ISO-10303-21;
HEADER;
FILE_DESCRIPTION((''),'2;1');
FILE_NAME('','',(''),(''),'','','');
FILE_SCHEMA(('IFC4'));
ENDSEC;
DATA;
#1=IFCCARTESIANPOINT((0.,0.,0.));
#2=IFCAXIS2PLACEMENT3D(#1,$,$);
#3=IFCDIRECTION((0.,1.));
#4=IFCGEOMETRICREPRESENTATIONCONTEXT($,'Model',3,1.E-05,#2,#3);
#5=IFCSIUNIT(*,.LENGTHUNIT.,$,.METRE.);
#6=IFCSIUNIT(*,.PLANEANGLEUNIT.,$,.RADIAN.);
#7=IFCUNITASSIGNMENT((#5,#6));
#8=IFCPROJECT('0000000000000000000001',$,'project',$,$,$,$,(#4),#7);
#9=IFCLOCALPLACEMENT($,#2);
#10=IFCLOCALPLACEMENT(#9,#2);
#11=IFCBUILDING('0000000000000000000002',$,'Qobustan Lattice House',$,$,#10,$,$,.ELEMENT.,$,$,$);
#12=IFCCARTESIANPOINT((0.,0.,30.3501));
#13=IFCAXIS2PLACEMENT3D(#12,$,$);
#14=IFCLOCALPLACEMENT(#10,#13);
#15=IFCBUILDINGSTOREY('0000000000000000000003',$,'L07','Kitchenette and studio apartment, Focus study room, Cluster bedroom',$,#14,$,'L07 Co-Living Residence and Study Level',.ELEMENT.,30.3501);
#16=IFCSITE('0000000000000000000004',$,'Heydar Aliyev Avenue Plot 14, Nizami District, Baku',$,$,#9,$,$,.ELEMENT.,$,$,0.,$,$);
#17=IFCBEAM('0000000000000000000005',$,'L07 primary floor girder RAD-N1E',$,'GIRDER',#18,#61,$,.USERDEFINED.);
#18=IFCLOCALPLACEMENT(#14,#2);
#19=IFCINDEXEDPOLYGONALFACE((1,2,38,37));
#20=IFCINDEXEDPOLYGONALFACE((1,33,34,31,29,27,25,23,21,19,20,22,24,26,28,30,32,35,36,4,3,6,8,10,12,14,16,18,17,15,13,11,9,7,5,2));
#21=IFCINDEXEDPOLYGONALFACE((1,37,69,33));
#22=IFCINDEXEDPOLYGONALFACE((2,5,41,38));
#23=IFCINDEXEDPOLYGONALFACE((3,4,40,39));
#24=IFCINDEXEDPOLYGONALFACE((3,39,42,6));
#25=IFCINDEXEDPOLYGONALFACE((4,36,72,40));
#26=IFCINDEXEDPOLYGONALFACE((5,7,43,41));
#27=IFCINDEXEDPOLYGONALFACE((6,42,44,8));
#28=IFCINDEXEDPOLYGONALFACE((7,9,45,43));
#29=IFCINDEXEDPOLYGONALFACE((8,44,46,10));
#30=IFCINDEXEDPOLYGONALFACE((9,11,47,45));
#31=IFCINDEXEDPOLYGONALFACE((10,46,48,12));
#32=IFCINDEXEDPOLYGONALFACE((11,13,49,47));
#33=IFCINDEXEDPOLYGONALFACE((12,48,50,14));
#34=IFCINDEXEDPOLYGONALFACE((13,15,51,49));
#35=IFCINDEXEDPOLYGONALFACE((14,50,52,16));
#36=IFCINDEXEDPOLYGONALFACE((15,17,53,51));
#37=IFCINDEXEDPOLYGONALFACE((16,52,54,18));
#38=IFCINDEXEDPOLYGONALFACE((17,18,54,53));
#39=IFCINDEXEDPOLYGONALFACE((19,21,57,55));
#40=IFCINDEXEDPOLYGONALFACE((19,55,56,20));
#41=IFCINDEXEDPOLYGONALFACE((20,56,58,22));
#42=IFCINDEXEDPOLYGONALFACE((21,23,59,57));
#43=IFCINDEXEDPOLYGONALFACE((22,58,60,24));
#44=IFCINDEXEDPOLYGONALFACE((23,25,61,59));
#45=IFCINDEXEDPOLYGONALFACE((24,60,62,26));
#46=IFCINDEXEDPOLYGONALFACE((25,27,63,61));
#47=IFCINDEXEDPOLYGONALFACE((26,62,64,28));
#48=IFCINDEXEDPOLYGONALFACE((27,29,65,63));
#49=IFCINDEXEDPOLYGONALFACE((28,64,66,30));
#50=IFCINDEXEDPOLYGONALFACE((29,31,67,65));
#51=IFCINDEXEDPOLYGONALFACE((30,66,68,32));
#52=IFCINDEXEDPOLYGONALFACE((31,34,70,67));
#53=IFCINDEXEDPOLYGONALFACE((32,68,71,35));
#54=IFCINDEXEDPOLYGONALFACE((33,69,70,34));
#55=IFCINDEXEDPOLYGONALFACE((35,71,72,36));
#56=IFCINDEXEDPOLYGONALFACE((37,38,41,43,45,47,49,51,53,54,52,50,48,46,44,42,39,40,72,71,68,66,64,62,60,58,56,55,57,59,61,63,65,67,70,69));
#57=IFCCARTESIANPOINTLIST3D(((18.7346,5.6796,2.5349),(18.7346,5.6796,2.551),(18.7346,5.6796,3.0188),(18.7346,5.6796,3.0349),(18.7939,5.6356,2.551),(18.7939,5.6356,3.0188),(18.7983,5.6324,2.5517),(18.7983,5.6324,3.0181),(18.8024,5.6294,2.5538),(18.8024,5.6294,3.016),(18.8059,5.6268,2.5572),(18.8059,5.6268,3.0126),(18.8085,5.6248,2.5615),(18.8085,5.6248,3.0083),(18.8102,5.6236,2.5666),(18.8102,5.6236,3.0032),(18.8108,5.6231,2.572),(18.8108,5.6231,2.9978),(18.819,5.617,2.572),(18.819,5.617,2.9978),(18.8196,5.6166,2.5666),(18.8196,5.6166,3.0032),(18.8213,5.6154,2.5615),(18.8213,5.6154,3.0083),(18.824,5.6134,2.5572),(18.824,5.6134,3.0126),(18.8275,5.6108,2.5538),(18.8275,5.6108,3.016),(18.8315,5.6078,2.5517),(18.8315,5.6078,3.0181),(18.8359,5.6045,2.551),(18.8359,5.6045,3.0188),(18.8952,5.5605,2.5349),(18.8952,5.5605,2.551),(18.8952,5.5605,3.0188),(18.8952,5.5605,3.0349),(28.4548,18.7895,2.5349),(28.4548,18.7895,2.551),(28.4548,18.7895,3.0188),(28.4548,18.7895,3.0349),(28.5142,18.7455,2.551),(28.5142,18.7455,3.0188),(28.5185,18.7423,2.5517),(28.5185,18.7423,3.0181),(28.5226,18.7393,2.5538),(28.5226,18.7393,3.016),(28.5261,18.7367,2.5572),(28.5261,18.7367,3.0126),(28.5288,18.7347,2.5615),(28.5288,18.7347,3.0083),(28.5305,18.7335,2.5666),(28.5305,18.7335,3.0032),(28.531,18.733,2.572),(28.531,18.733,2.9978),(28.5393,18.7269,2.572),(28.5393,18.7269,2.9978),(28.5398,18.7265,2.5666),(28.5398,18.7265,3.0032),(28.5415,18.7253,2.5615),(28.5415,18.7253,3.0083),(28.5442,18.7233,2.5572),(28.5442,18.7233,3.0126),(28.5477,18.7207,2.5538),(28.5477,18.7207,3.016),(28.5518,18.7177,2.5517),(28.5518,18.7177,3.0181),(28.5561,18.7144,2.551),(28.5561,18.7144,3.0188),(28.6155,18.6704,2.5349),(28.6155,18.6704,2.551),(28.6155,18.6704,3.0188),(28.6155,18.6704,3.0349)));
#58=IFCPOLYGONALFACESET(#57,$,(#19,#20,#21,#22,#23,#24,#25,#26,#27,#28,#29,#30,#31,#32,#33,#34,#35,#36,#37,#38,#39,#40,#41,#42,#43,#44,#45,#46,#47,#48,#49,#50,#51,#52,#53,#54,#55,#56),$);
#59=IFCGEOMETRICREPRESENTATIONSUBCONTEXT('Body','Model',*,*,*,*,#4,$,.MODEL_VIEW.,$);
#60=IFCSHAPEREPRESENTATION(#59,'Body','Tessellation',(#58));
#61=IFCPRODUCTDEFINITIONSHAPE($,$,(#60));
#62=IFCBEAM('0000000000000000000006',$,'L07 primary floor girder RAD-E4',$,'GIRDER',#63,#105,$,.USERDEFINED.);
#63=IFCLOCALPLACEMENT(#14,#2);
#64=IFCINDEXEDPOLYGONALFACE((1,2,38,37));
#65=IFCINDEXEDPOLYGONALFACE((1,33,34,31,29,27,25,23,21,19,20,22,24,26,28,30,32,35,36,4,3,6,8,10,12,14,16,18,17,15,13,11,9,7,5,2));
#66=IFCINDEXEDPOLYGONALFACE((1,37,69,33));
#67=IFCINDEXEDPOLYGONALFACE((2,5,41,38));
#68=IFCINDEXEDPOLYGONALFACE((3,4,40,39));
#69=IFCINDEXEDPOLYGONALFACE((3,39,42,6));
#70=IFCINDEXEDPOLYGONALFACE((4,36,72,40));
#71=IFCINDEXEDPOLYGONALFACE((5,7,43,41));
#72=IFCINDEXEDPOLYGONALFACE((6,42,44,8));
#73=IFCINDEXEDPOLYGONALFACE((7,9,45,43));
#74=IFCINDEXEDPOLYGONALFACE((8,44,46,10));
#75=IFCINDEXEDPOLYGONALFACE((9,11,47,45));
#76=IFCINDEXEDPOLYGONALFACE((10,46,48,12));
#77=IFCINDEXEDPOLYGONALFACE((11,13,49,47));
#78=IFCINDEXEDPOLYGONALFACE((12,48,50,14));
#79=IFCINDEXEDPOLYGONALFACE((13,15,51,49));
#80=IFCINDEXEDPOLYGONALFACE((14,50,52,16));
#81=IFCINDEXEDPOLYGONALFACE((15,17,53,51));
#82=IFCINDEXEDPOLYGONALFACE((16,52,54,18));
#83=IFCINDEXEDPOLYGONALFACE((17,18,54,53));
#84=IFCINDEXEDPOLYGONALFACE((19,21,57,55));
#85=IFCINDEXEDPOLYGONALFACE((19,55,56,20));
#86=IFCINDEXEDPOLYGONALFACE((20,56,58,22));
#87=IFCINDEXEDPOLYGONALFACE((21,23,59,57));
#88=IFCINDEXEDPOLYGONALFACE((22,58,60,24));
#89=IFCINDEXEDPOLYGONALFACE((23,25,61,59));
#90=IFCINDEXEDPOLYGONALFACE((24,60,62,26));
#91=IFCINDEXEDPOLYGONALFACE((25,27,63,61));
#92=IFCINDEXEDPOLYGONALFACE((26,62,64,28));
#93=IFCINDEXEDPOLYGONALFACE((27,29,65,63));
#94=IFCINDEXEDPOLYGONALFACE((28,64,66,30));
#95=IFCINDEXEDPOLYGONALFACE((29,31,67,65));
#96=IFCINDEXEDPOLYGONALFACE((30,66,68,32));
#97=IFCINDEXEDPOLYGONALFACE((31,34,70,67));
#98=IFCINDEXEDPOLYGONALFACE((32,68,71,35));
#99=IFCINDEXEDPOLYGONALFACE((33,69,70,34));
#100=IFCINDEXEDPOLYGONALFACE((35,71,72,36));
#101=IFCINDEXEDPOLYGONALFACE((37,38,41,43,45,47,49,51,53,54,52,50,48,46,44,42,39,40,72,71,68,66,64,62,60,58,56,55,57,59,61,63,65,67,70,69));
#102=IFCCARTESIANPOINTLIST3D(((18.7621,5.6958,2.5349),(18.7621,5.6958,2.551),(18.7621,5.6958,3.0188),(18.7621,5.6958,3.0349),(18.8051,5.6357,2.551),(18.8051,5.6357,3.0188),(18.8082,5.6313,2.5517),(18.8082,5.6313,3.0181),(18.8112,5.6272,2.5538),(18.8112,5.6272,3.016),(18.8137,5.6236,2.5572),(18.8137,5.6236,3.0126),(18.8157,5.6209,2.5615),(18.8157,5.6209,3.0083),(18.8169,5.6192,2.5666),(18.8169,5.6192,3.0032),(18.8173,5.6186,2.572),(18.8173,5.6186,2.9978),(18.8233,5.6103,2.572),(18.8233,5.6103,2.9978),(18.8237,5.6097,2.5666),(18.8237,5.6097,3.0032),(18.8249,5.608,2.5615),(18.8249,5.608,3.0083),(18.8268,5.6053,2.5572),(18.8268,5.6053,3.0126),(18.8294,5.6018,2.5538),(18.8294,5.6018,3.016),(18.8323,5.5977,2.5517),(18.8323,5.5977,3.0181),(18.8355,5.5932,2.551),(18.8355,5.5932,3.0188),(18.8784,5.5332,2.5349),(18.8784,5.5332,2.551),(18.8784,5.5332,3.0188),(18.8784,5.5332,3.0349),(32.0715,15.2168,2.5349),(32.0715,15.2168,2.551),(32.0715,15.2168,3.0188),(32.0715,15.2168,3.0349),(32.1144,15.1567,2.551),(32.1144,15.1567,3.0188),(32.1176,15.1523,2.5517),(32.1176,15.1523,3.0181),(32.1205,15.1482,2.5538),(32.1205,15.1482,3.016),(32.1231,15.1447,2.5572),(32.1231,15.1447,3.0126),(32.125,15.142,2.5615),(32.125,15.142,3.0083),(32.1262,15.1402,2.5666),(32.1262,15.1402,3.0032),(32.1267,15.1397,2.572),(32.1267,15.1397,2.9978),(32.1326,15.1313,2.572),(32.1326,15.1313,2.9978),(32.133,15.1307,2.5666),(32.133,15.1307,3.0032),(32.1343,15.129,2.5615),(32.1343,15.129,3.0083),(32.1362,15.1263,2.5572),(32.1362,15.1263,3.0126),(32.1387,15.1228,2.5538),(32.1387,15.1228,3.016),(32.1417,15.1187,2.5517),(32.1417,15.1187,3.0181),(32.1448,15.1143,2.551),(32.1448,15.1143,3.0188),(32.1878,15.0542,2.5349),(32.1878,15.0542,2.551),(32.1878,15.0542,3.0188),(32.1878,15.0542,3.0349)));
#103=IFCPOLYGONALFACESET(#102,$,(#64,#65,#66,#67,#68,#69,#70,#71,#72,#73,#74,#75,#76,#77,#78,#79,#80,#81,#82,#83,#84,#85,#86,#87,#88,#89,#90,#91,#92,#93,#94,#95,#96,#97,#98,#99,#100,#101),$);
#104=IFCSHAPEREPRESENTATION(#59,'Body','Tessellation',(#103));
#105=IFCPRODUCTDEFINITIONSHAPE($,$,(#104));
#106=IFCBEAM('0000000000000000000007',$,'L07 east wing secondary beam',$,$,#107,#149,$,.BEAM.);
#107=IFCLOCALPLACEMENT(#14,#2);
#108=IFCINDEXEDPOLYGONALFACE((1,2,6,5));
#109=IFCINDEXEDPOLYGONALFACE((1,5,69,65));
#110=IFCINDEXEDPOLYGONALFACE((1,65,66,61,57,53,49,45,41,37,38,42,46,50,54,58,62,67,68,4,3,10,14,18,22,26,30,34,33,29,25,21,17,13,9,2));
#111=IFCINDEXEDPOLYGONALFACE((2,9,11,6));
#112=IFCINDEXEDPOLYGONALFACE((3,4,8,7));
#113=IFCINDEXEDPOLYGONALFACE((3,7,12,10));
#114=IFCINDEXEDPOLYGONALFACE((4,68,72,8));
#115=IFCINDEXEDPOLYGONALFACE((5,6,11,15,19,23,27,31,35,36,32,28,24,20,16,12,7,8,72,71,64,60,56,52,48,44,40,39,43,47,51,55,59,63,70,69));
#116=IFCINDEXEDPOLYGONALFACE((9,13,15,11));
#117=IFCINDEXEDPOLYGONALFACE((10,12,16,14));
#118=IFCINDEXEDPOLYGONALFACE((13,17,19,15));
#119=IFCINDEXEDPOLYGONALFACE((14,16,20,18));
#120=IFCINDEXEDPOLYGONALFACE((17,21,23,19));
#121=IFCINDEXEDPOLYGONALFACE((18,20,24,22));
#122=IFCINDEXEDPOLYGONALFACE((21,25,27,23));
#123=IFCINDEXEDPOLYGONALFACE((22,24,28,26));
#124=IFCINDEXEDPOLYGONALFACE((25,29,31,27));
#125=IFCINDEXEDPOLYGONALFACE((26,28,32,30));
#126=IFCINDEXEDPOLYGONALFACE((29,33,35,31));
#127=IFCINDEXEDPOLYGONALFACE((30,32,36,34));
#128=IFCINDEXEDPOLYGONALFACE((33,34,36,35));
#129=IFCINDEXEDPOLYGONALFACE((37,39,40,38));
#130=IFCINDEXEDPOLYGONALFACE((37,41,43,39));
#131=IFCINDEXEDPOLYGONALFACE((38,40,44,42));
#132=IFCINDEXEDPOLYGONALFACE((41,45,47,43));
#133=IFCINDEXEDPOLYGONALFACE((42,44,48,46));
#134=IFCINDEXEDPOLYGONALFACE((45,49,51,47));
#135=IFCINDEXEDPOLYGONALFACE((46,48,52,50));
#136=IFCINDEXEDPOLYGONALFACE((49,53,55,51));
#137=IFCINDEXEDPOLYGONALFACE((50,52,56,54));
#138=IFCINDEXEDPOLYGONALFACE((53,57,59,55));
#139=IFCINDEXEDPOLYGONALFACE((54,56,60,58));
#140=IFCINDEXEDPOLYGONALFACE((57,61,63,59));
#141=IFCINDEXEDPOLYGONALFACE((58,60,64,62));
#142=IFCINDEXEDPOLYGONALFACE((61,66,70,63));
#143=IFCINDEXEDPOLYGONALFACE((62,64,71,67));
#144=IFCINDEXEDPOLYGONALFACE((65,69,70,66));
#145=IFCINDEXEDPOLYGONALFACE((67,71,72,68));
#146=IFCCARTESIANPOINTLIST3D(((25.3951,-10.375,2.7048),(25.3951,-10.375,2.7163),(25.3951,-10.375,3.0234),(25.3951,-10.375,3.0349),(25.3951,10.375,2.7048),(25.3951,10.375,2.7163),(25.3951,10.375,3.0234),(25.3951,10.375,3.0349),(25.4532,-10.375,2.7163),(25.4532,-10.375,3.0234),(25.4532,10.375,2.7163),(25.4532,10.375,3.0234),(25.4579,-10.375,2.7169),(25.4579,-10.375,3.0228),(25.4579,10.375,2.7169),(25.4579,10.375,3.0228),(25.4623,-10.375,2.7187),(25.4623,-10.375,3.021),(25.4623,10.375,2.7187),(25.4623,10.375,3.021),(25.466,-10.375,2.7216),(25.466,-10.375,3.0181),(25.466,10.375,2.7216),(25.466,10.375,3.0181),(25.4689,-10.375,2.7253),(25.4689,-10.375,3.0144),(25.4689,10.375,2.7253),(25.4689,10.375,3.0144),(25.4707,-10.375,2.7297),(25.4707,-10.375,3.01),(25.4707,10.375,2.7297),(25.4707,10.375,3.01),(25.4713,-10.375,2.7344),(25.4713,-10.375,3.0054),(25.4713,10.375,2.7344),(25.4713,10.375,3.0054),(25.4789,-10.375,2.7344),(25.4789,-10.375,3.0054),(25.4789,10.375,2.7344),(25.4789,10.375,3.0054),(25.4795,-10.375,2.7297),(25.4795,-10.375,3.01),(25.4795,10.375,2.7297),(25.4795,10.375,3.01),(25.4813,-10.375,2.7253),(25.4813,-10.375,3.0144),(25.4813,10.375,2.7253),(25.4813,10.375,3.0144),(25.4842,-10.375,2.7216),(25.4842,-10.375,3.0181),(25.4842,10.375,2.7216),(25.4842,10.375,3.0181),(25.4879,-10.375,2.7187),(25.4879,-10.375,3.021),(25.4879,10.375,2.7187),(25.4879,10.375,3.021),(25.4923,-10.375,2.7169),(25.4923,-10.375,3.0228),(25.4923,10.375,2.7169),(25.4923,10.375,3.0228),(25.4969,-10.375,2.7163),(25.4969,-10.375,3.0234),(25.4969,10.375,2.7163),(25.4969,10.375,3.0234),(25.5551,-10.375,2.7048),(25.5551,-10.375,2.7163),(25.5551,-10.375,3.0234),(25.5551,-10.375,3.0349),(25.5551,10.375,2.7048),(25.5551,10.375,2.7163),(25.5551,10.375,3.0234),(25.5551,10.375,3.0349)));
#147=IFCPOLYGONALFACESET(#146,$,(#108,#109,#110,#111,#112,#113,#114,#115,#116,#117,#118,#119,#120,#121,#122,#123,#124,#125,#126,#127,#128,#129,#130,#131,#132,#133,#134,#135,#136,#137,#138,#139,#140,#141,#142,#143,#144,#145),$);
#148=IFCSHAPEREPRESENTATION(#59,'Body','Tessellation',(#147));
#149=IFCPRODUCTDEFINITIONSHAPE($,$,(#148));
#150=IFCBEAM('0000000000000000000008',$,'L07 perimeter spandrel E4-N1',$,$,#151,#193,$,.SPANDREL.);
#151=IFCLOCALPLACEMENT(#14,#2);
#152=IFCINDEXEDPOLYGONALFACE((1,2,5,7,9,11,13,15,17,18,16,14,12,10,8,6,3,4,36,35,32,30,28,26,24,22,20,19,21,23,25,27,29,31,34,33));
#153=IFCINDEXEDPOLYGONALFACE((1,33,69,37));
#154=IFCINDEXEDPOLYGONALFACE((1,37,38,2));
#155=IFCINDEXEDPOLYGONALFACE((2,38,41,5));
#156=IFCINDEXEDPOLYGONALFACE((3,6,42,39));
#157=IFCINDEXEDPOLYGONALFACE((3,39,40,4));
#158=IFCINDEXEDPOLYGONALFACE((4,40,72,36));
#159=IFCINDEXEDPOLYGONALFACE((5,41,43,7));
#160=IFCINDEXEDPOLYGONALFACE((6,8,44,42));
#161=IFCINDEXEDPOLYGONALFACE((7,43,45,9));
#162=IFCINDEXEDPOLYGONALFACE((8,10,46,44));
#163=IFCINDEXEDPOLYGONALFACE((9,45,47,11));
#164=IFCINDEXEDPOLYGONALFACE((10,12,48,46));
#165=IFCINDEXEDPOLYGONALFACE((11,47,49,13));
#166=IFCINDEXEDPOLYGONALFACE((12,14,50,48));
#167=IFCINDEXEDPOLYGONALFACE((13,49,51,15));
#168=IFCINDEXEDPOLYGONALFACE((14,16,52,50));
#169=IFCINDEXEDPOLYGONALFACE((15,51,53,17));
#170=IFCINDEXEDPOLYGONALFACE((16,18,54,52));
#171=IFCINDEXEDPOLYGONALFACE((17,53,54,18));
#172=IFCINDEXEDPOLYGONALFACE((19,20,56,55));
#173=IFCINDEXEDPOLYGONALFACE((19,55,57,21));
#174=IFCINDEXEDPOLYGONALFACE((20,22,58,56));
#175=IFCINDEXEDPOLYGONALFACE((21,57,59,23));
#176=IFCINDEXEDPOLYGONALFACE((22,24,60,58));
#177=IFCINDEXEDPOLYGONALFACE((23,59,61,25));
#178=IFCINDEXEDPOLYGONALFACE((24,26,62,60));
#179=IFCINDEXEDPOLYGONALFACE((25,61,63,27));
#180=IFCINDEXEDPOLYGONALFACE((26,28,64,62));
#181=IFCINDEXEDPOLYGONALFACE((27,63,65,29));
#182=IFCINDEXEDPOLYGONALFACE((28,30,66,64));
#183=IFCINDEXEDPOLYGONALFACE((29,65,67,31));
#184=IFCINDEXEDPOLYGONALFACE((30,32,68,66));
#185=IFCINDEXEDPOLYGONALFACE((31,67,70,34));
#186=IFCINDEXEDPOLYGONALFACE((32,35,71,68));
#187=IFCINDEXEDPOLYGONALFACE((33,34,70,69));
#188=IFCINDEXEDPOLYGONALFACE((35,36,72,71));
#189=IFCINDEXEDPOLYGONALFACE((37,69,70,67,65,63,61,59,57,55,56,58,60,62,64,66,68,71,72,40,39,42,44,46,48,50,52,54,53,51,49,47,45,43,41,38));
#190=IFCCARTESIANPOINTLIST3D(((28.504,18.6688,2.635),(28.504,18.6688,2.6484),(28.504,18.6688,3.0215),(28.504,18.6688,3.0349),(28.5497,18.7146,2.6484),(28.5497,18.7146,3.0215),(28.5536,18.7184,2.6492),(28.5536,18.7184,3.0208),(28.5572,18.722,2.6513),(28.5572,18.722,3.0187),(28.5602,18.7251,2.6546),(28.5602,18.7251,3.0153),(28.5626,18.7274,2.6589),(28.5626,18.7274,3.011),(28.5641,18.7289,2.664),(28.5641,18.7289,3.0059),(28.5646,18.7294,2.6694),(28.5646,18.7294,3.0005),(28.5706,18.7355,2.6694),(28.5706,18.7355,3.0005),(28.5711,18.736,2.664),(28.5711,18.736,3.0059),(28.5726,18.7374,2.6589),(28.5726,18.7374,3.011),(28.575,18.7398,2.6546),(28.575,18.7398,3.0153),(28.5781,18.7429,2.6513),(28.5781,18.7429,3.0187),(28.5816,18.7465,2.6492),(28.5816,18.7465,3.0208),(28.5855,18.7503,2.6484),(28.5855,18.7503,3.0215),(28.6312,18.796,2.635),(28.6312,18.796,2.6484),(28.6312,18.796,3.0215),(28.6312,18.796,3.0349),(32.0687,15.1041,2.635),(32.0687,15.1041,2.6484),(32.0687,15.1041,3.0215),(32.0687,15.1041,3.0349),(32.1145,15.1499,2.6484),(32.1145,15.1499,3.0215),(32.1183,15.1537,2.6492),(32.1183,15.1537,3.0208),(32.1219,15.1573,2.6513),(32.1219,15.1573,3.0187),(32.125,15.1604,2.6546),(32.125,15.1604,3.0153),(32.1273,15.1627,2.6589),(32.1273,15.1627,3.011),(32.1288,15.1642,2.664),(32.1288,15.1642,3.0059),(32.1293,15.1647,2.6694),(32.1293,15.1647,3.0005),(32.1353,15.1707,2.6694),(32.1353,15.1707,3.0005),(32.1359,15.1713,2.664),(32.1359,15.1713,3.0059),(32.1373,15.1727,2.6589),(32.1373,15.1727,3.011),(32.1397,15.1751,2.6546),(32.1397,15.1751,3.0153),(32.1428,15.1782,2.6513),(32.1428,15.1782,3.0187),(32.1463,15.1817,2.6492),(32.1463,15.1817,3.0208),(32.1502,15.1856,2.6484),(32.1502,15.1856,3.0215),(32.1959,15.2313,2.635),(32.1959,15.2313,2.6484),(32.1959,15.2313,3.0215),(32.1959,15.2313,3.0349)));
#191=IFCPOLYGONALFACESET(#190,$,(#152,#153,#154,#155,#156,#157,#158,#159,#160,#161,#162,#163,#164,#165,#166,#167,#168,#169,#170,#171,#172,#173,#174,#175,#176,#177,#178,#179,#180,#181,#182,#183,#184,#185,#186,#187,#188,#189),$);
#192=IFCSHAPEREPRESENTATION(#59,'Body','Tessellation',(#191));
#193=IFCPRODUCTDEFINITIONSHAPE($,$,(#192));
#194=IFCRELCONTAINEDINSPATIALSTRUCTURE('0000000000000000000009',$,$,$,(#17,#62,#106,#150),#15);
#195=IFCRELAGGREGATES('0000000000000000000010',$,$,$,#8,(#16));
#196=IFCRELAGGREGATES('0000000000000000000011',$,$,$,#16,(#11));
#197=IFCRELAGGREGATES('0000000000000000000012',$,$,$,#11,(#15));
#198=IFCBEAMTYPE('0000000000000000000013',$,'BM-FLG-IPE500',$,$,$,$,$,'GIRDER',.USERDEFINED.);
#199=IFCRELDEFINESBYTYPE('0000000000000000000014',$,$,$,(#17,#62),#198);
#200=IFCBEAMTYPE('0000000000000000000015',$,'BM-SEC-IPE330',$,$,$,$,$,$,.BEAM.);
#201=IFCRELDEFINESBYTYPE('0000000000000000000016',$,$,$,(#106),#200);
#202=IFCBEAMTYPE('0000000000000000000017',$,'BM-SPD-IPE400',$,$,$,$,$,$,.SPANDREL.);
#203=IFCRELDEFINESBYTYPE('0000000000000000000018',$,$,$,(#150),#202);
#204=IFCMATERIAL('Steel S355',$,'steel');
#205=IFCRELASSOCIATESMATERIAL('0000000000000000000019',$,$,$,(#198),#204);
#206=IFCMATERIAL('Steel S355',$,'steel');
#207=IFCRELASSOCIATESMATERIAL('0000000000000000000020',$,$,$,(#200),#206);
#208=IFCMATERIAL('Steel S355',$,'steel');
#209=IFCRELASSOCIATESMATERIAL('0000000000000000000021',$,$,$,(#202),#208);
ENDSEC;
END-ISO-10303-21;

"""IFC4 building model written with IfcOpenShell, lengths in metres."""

from ifc_helpers import new_model, si_unit, direction, frame, origin, origin_2d, place, context, subcontext, project, spatial, i_section, extrude, material, material_profile, profile_set, type_object, element, save


model = new_model("IFC4")

# Units and contexts
model_context = context("Model", 3, precision=1e-05, world=origin(), true_north=direction((0.0, 1.0)))
body_context = subcontext(model_context, "Body", "Model", "MODEL_VIEW")
ifc_project = project(units=[si_unit("LENGTHUNIT", "METRE"), si_unit("PLANEANGLEUNIT", "RADIAN")], contexts=[model_context])

# Site, building, storey
site_placement = place(None, origin())
site = spatial("IfcSite", under=ifc_project, at=site_placement, Name="Heydar Aliyev Avenue Plot 14, Nizami District, Baku", CompositionType="ELEMENT", RefElevation=0.0)
building_placement = place(site_placement, origin())
building = spatial("IfcBuilding", under=site, at=building_placement, Name="Qobustan Lattice House", CompositionType="ELEMENT")
storey_placement = place(building_placement, frame((0.0, 0.0, 30.3501)))
storey = spatial("IfcBuildingStorey", under=building, at=storey_placement, Name="L07", Description="Kitchenette and studio apartment, Focus study room, Cluster bedroom", LongName="L07 Co-Living Residence and Study Level", CompositionType="ELEMENT", Elevation=30.3501)

# Beams
ifc_material_1 = material(Name="Steel S355", Category="steel")
ifc_material_profile_1 = material_profile(ifc_material_1, i_section(OverallWidth=0.2, OverallDepth=0.5, WebThickness=0.0103, FlangeThickness=0.0161, FilletRadius=0.021, at=origin_2d()), Name="IPE500")
ifc_profile_set_1 = profile_set([ifc_material_profile_1], Name="Steel S355")
beam_type_1 = type_object("IfcBeamType", Name="BM-FLG-IPE500", ElementType="GIRDER", PredefinedType="USERDEFINED", material=ifc_profile_set_1)
beam_1_placement = place(storey_placement, frame((28.5352, 18.73, 2.7849), z_axis=(-0.595592, -0.803287, 0.0), x_axis=(0.803287, -0.595592, 0.0)))
element("IfcBeam", 1, at=beam_1_placement, inside=storey, type_object=beam_type_1, Name="L07 primary floor girder RAD-N1E", ObjectType="GIRDER", PredefinedType="USERDEFINED", context=body_context, shape_type="SweptSolid", body=[
    extrude(i_section(OverallWidth=0.2, OverallDepth=0.5, WebThickness=0.0103, FlangeThickness=0.0161, FilletRadius=0.021, at=origin_2d()), origin(), (0.0, 0.0, 1.0), 16.3203),
])
beam_2_placement = place(storey_placement, frame((32.1296, 15.1355, 2.7849), z_axis=(-0.813319, -0.581818, 0.0), x_axis=(0.581818, -0.813319, 0.0)))
element("IfcBeam", 2, at=beam_2_placement, inside=storey, type_object=beam_type_1, Name="L07 primary floor girder RAD-E4", ObjectType="GIRDER", PredefinedType="USERDEFINED", context=body_context, shape_type="SweptSolid", body=[
    extrude(i_section(OverallWidth=0.2, OverallDepth=0.5, WebThickness=0.0103, FlangeThickness=0.0161, FilletRadius=0.021, at=origin_2d()), origin(), (0.0, 0.0, 1.0), 16.3643),
])
ifc_material_2 = material(Name="Steel S355", Category="steel")
ifc_material_profile_2 = material_profile(ifc_material_2, i_section(OverallWidth=0.1599, OverallDepth=0.3301, WebThickness=0.0076, FlangeThickness=0.0115, FilletRadius=0.0181, at=origin_2d()), Name="IPE330")
ifc_profile_set_2 = profile_set([ifc_material_profile_2], Name="Steel S355")
beam_type_2 = type_object("IfcBeamType", Name="BM-SEC-IPE330", PredefinedType="BEAM", material=ifc_profile_set_2)
beam_3_placement = place(storey_placement, frame((25.4751, 10.375, 2.8699), z_axis=(0.0, -1.0, 0.0), x_axis=(1.0, 0.0, 0.0)))
element("IfcBeam", 3, at=beam_3_placement, inside=storey, type_object=beam_type_2, Name="L07 east wing secondary beam", PredefinedType="BEAM", context=body_context, shape_type="SweptSolid", body=[
    extrude(i_section(OverallWidth=0.1599, OverallDepth=0.3301, WebThickness=0.0076, FlangeThickness=0.0115, FilletRadius=0.0181, at=origin_2d()), origin(), (0.0, 0.0, 1.0), 20.75),
])
ifc_material_3 = material(Name="Steel S355", Category="steel")
ifc_material_profile_3 = material_profile(ifc_material_3, i_section(OverallWidth=0.1799, OverallDepth=0.3999, WebThickness=0.0085, FlangeThickness=0.0134, FilletRadius=0.021, at=origin_2d()), Name="IPE400")
ifc_profile_set_3 = profile_set([ifc_material_profile_3], Name="Steel S355")
beam_type_3 = type_object("IfcBeamType", Name="BM-SPD-IPE400", PredefinedType="SPANDREL", material=ifc_profile_set_3)
beam_4_placement = place(storey_placement, frame((32.1323, 15.1677, 2.835), z_axis=(-0.707107, 0.707107, 0.0), x_axis=(-0.707107, -0.707107, 0.0)))
element("IfcBeam", 4, at=beam_4_placement, inside=storey, type_object=beam_type_3, Name="L07 perimeter spandrel E4-N1", PredefinedType="SPANDREL", context=body_context, shape_type="SweptSolid", body=[
    extrude(i_section(OverallWidth=0.1799, OverallDepth=0.3999, WebThickness=0.0085, FlangeThickness=0.0134, FilletRadius=0.021, at=origin_2d()), origin(), (0.0, 0.0, 1.0), 5.0413),
])

save(model, "model.ifc")
